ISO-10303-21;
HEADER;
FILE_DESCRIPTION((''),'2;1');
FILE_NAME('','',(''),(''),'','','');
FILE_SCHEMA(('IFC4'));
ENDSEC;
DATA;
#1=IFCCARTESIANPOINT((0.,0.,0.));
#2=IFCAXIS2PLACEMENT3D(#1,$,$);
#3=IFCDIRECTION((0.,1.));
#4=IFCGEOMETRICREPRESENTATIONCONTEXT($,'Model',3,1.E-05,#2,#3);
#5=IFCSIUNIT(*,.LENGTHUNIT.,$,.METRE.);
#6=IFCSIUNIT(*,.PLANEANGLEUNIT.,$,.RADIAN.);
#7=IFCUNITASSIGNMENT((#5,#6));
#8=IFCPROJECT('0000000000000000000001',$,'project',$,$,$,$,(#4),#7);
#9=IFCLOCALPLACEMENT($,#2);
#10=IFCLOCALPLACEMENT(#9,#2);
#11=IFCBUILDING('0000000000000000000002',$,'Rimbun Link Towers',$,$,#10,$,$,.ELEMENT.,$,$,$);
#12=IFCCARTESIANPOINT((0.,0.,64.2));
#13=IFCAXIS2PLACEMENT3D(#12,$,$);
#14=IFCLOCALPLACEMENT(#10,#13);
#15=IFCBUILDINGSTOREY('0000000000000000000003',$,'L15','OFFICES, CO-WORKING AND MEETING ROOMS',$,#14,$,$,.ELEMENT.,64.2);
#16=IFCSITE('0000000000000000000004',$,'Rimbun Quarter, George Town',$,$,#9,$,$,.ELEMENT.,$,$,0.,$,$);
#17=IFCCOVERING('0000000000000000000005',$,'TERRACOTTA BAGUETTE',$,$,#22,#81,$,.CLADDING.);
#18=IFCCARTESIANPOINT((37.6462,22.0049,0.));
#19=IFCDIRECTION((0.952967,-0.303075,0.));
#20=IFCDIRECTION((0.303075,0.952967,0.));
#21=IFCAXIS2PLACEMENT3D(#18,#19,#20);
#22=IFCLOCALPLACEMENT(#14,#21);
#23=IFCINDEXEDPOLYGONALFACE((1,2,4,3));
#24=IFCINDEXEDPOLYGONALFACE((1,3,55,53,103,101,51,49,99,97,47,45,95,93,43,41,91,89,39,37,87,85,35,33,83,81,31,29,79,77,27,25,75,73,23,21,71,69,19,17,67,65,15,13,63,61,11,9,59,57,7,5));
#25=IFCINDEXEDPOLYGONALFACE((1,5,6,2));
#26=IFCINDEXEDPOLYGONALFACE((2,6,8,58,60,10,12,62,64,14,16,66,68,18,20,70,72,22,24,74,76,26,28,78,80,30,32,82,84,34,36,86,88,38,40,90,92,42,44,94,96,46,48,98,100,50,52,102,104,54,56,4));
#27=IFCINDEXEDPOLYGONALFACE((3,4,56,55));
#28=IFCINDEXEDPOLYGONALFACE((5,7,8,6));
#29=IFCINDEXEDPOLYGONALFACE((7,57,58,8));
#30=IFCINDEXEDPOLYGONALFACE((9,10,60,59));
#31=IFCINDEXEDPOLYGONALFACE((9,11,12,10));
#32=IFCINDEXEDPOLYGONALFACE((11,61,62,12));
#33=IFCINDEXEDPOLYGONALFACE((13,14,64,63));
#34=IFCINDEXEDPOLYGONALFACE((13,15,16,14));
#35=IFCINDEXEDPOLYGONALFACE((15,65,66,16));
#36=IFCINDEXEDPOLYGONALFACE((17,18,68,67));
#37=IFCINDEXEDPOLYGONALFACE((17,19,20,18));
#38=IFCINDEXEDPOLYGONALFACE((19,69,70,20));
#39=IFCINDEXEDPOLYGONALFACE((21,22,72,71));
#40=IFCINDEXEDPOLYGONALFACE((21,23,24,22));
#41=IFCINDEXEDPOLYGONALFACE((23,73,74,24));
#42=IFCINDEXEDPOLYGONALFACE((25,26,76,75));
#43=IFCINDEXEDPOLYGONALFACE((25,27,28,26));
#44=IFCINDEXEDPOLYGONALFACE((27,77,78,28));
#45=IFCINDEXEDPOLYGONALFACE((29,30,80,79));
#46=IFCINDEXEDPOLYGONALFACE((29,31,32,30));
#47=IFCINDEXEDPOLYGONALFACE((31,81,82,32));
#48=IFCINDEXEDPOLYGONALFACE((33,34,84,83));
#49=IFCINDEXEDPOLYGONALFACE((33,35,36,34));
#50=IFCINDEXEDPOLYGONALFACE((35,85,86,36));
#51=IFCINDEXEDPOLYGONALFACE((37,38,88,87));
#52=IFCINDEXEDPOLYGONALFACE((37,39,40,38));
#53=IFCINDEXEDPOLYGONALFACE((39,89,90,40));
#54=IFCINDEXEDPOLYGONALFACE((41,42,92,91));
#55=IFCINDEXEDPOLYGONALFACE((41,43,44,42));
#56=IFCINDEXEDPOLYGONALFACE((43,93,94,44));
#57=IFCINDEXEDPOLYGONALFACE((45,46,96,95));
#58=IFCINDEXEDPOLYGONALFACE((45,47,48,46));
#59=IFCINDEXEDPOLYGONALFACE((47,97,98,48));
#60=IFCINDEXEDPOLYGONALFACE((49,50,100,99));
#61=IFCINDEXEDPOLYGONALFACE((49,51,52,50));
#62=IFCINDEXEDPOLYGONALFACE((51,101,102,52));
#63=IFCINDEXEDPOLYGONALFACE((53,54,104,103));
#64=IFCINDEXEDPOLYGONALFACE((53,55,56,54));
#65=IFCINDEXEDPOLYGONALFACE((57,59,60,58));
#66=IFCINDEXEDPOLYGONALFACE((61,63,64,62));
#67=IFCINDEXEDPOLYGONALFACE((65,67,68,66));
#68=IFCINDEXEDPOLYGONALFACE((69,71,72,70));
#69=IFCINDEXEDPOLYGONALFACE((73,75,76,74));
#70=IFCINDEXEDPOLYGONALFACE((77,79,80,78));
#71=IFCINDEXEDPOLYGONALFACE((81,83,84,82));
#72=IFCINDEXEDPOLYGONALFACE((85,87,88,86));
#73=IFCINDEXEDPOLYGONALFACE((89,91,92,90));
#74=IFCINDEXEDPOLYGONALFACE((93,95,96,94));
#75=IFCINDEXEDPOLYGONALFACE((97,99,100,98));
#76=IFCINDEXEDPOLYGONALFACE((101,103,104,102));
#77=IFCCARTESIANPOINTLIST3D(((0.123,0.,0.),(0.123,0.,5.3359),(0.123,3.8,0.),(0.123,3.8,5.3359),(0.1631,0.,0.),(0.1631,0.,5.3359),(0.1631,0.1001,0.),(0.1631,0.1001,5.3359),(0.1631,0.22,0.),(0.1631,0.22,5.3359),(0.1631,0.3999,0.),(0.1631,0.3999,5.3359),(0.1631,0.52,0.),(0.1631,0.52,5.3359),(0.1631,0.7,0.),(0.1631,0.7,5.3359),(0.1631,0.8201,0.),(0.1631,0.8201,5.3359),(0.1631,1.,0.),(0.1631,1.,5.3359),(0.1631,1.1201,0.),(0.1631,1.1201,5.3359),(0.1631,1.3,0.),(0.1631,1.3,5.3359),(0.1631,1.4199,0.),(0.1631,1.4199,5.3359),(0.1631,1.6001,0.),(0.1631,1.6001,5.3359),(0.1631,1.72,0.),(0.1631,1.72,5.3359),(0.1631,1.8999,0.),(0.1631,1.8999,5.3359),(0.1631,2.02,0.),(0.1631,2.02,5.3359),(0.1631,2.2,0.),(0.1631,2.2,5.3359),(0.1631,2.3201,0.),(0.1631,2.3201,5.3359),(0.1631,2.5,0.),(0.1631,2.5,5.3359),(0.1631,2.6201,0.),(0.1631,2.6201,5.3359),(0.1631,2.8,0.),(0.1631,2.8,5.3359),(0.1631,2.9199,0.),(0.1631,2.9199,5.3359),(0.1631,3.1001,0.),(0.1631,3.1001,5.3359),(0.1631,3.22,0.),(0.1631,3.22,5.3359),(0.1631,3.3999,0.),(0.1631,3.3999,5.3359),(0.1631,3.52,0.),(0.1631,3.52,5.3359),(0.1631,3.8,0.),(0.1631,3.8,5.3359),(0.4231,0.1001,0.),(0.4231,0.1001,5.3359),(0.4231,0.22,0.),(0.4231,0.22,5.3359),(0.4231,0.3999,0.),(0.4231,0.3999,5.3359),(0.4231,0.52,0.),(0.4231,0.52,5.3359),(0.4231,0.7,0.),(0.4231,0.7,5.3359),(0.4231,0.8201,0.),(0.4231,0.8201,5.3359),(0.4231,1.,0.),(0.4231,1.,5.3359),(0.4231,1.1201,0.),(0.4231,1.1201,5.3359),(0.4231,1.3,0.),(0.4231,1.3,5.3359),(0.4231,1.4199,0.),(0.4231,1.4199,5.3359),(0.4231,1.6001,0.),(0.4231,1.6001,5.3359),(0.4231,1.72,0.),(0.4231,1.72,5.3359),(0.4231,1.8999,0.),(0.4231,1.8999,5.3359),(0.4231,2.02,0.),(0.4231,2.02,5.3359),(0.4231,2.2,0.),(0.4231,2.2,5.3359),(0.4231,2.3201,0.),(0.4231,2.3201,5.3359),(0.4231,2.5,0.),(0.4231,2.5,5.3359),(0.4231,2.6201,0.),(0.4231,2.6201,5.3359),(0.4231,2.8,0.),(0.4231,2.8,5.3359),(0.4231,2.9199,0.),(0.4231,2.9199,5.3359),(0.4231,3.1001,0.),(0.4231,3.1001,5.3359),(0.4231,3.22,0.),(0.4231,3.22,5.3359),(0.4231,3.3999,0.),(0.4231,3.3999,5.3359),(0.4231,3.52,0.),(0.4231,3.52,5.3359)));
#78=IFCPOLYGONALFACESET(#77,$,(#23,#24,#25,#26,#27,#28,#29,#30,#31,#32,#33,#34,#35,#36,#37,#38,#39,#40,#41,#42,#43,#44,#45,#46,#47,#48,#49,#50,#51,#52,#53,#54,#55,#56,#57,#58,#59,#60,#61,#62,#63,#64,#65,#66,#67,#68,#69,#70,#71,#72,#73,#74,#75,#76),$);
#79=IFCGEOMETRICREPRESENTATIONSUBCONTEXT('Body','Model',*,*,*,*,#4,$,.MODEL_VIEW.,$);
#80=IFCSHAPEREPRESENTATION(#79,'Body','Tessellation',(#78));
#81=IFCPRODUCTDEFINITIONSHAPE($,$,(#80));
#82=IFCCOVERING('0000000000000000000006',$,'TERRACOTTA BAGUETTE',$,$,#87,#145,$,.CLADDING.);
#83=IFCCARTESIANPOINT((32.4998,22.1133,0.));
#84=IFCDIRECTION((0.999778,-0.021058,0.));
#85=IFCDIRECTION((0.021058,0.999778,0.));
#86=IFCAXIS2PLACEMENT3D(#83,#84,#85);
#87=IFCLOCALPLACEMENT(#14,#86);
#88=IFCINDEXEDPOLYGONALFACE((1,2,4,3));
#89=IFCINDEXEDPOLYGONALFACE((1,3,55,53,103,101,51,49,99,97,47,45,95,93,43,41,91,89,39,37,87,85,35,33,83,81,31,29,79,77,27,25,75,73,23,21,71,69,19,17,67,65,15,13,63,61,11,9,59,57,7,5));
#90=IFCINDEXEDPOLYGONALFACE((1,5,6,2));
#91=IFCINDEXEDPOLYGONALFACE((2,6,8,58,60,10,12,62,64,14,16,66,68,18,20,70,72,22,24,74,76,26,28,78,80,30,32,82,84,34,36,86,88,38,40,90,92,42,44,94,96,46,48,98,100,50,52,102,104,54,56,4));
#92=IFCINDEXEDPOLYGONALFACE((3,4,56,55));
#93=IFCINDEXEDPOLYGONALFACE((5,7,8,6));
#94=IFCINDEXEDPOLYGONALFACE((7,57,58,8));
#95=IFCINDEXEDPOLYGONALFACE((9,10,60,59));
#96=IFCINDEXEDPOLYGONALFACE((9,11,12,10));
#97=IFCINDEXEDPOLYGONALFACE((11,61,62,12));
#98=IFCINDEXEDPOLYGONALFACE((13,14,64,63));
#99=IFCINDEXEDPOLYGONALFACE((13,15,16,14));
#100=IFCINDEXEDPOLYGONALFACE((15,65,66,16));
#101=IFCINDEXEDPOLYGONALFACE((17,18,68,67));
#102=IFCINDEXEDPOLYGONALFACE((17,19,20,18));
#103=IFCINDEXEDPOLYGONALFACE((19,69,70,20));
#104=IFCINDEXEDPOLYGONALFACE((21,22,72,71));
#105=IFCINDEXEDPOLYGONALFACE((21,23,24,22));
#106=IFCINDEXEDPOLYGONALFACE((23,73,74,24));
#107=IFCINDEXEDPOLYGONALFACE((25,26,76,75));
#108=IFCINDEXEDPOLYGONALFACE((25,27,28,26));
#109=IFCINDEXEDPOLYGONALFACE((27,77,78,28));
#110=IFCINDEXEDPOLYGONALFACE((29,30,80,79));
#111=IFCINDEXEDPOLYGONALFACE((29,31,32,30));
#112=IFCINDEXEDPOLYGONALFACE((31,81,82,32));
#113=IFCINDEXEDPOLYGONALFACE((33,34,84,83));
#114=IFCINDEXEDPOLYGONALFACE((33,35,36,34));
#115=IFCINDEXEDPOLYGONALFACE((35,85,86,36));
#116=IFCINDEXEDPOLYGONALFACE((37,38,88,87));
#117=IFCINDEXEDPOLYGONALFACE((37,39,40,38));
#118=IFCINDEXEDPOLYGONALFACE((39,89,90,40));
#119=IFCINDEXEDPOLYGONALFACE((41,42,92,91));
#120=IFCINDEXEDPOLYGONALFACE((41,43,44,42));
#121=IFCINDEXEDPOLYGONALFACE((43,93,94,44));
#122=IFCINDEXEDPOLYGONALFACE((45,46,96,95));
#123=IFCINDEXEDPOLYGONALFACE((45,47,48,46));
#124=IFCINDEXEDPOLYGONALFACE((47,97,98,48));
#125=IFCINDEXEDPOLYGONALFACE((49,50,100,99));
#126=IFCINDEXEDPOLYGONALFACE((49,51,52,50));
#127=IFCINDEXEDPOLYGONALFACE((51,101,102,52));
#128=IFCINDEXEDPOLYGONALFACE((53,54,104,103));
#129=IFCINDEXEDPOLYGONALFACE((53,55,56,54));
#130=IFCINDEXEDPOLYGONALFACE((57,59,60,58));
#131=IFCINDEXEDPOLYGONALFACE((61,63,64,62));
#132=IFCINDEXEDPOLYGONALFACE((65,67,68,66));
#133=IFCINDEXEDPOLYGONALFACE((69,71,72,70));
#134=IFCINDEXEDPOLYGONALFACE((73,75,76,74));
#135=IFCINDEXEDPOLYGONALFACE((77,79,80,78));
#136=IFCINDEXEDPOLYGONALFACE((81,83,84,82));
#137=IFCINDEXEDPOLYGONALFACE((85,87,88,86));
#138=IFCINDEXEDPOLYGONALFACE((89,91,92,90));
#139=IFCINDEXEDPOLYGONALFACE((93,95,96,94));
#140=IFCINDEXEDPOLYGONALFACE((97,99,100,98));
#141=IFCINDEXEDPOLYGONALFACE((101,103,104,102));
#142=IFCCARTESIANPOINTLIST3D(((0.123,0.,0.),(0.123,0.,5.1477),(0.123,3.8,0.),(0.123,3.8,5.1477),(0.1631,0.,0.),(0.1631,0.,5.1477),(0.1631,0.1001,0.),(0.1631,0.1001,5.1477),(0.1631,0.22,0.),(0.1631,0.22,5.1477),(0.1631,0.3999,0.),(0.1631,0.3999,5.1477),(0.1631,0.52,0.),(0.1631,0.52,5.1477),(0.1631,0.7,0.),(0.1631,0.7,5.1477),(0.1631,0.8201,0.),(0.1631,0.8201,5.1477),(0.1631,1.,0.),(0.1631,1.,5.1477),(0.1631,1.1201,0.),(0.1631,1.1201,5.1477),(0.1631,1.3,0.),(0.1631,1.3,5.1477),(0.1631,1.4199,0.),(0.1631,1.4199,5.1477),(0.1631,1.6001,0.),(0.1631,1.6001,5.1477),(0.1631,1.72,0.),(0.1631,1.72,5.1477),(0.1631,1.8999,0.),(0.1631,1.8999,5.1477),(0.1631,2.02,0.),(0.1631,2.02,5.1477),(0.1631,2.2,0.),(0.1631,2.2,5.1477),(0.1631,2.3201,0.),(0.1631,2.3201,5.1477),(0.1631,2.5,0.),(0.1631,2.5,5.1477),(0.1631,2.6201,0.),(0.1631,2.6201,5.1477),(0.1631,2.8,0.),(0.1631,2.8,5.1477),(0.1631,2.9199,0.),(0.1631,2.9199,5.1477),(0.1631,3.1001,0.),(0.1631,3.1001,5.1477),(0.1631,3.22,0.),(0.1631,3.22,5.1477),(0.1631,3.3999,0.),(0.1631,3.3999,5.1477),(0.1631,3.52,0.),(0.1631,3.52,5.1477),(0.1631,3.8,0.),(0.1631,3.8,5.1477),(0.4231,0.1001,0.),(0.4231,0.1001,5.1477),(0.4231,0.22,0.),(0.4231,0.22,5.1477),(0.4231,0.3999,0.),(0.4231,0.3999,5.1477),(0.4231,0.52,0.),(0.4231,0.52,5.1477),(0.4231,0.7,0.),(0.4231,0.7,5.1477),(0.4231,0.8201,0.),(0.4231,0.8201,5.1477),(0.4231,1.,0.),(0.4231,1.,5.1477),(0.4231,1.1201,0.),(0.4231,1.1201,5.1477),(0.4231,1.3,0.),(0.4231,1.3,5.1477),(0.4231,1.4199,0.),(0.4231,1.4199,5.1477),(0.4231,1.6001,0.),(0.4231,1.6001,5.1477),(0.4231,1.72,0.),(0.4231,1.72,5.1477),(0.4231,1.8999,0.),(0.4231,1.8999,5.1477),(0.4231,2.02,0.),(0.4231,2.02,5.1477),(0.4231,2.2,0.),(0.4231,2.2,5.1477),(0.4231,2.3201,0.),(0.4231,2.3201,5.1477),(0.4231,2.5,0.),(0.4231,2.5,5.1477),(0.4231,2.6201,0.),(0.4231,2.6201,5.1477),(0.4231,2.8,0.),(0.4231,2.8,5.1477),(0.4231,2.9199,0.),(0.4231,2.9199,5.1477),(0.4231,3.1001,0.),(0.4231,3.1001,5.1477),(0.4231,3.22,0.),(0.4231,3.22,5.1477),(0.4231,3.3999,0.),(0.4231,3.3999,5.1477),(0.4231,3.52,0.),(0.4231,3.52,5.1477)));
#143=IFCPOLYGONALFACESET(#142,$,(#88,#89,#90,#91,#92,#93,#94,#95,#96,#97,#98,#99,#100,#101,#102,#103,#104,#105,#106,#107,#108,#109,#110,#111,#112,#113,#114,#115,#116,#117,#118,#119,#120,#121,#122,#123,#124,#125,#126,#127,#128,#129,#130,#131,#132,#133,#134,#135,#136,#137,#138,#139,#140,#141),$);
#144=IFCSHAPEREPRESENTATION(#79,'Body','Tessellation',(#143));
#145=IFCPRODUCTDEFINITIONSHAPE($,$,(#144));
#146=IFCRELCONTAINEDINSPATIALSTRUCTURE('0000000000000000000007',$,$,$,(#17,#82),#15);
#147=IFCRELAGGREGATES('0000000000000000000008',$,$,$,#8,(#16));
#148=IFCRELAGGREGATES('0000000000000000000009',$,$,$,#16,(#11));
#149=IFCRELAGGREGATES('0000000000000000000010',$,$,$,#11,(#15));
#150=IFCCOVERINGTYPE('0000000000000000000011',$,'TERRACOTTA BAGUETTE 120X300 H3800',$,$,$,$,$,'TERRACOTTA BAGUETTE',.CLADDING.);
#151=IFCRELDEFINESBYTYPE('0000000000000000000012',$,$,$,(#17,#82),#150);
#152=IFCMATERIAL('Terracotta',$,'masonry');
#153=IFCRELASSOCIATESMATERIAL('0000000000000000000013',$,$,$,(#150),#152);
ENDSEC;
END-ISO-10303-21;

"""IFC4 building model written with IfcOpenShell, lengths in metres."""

from ifc_helpers import new_model, si_unit, direction, frame, origin, place, context, subcontext, project, spatial, polyline, outline, extrude, material, material_profile, profile_set, type_object, element, save


model = new_model("IFC4")

# Units and contexts
model_context = context("Model", 3, precision=1e-05, world=origin(), true_north=direction((0.0, 1.0)))
body_context = subcontext(model_context, "Body", "Model", "MODEL_VIEW")
ifc_project = project(units=[si_unit("LENGTHUNIT", "METRE"), si_unit("PLANEANGLEUNIT", "RADIAN")], contexts=[model_context])

# Site, building, storey
site_placement = place(None, origin())
site = spatial("IfcSite", under=ifc_project, at=site_placement, Name="Rimbun Quarter, George Town", CompositionType="ELEMENT", RefElevation=0.0)
building_placement = place(site_placement, origin())
building = spatial("IfcBuilding", under=site, at=building_placement, Name="Rimbun Link Towers", CompositionType="ELEMENT")
storey_placement = place(building_placement, frame((0.0, 0.0, 64.2)))
storey = spatial("IfcBuildingStorey", under=building, at=storey_placement, Name="L15", Description="OFFICES, CO-WORKING AND MEETING ROOMS", CompositionType="ELEMENT", Elevation=64.2)

# Coverings
ifc_material_1 = material(Name="Terracotta", Category="masonry")
ifc_material_profile_1 = material_profile(ifc_material_1, outline(polyline([(0.123, 0.0), (0.1631, 0.0), (0.1631, 0.1001), (0.4231, 0.1001), (0.4231, 0.22), (0.1631, 0.22), (0.1631, 0.3999), (0.4231, 0.3999), (0.4231, 0.52), (0.1631, 0.52), (0.1631, 0.7), (0.4231, 0.7), (0.4231, 0.8201), (0.1631, 0.8201), (0.1631, 1.0), (0.4231, 1.0), (0.4231, 1.1201), (0.1631, 1.1201), (0.1631, 1.3), (0.4231, 1.3), (0.4231, 1.4199), (0.1631, 1.4199), (0.1631, 1.6001), (0.4231, 1.6001), (0.4231, 1.72), (0.1631, 1.72), (0.1631, 1.8999), (0.4231, 1.8999), (0.4231, 2.02), (0.1631, 2.02), (0.1631, 2.2), (0.4231, 2.2), (0.4231, 2.3201), (0.1631, 2.3201), (0.1631, 2.5), (0.4231, 2.5), (0.4231, 2.6201), (0.1631, 2.6201), (0.1631, 2.8), (0.4231, 2.8), (0.4231, 2.9199), (0.1631, 2.9199), (0.1631, 3.1001), (0.4231, 3.1001), (0.4231, 3.22), (0.1631, 3.22), (0.1631, 3.3999), (0.4231, 3.3999), (0.4231, 3.52), (0.1631, 3.52), (0.1631, 3.8), (0.123, 3.8), (0.123, 0.0)])), Name="BAGUETTE 120X300")
ifc_profile_set_1 = profile_set([ifc_material_profile_1], Name="Terracotta")
covering_type = type_object("IfcCoveringType", Name="TERRACOTTA BAGUETTE 120X300 H3800", ElementType="TERRACOTTA BAGUETTE", PredefinedType="CLADDING", material=ifc_profile_set_1)
covering_1_placement = place(storey_placement, frame((37.6462, 22.0049, 0.0), z_axis=(0.952967, -0.303075, 0.0), x_axis=(0.303075, 0.952967, 0.0)))
element("IfcCovering", 1, at=covering_1_placement, inside=storey, type_object=covering_type, Name="TERRACOTTA BAGUETTE", PredefinedType="CLADDING", context=body_context, shape_type="SweptSolid", body=[
    extrude(outline(polyline([(0.123, 0.0), (0.1631, 0.0), (0.1631, 0.1001), (0.4231, 0.1001), (0.4231, 0.22), (0.1631, 0.22), (0.1631, 0.3999), (0.4231, 0.3999), (0.4231, 0.52), (0.1631, 0.52), (0.1631, 0.7), (0.4231, 0.7), (0.4231, 0.8201), (0.1631, 0.8201), (0.1631, 1.0), (0.4231, 1.0), (0.4231, 1.1201), (0.1631, 1.1201), (0.1631, 1.3), (0.4231, 1.3), (0.4231, 1.4199), (0.1631, 1.4199), (0.1631, 1.6001), (0.4231, 1.6001), (0.4231, 1.72), (0.1631, 1.72), (0.1631, 1.8999), (0.4231, 1.8999), (0.4231, 2.02), (0.1631, 2.02), (0.1631, 2.2), (0.4231, 2.2), (0.4231, 2.3201), (0.1631, 2.3201), (0.1631, 2.5), (0.4231, 2.5), (0.4231, 2.6201), (0.1631, 2.6201), (0.1631, 2.8), (0.4231, 2.8), (0.4231, 2.9199), (0.1631, 2.9199), (0.1631, 3.1001), (0.4231, 3.1001), (0.4231, 3.22), (0.1631, 3.22), (0.1631, 3.3999), (0.4231, 3.3999), (0.4231, 3.52), (0.1631, 3.52), (0.1631, 3.8), (0.123, 3.8), (0.123, 0.0)])), origin(), (0.0, 0.0, 1.0), 5.3359),
])
covering_2_placement = place(storey_placement, frame((32.4998, 22.1133, 0.0), z_axis=(0.999778, -0.021058, 0.0), x_axis=(0.021058, 0.999778, 0.0)))
element("IfcCovering", 2, at=covering_2_placement, inside=storey, type_object=covering_type, Name="TERRACOTTA BAGUETTE", PredefinedType="CLADDING", context=body_context, shape_type="SweptSolid", body=[
    extrude(outline(polyline([(0.123, 0.0), (0.1631, 0.0), (0.1631, 0.1001), (0.4231, 0.1001), (0.4231, 0.22), (0.1631, 0.22), (0.1631, 0.3999), (0.4231, 0.3999), (0.4231, 0.52), (0.1631, 0.52), (0.1631, 0.7), (0.4231, 0.7), (0.4231, 0.8201), (0.1631, 0.8201), (0.1631, 1.0), (0.4231, 1.0), (0.4231, 1.1201), (0.1631, 1.1201), (0.1631, 1.3), (0.4231, 1.3), (0.4231, 1.4199), (0.1631, 1.4199), (0.1631, 1.6001), (0.4231, 1.6001), (0.4231, 1.72), (0.1631, 1.72), (0.1631, 1.8999), (0.4231, 1.8999), (0.4231, 2.02), (0.1631, 2.02), (0.1631, 2.2), (0.4231, 2.2), (0.4231, 2.3201), (0.1631, 2.3201), (0.1631, 2.5), (0.4231, 2.5), (0.4231, 2.6201), (0.1631, 2.6201), (0.1631, 2.8), (0.4231, 2.8), (0.4231, 2.9199), (0.1631, 2.9199), (0.1631, 3.1001), (0.4231, 3.1001), (0.4231, 3.22), (0.1631, 3.22), (0.1631, 3.3999), (0.4231, 3.3999), (0.4231, 3.52), (0.1631, 3.52), (0.1631, 3.8), (0.123, 3.8), (0.123, 0.0)])), origin(), (0.0, 0.0, 1.0), 5.1477),
])

save(model, "model.ifc")
